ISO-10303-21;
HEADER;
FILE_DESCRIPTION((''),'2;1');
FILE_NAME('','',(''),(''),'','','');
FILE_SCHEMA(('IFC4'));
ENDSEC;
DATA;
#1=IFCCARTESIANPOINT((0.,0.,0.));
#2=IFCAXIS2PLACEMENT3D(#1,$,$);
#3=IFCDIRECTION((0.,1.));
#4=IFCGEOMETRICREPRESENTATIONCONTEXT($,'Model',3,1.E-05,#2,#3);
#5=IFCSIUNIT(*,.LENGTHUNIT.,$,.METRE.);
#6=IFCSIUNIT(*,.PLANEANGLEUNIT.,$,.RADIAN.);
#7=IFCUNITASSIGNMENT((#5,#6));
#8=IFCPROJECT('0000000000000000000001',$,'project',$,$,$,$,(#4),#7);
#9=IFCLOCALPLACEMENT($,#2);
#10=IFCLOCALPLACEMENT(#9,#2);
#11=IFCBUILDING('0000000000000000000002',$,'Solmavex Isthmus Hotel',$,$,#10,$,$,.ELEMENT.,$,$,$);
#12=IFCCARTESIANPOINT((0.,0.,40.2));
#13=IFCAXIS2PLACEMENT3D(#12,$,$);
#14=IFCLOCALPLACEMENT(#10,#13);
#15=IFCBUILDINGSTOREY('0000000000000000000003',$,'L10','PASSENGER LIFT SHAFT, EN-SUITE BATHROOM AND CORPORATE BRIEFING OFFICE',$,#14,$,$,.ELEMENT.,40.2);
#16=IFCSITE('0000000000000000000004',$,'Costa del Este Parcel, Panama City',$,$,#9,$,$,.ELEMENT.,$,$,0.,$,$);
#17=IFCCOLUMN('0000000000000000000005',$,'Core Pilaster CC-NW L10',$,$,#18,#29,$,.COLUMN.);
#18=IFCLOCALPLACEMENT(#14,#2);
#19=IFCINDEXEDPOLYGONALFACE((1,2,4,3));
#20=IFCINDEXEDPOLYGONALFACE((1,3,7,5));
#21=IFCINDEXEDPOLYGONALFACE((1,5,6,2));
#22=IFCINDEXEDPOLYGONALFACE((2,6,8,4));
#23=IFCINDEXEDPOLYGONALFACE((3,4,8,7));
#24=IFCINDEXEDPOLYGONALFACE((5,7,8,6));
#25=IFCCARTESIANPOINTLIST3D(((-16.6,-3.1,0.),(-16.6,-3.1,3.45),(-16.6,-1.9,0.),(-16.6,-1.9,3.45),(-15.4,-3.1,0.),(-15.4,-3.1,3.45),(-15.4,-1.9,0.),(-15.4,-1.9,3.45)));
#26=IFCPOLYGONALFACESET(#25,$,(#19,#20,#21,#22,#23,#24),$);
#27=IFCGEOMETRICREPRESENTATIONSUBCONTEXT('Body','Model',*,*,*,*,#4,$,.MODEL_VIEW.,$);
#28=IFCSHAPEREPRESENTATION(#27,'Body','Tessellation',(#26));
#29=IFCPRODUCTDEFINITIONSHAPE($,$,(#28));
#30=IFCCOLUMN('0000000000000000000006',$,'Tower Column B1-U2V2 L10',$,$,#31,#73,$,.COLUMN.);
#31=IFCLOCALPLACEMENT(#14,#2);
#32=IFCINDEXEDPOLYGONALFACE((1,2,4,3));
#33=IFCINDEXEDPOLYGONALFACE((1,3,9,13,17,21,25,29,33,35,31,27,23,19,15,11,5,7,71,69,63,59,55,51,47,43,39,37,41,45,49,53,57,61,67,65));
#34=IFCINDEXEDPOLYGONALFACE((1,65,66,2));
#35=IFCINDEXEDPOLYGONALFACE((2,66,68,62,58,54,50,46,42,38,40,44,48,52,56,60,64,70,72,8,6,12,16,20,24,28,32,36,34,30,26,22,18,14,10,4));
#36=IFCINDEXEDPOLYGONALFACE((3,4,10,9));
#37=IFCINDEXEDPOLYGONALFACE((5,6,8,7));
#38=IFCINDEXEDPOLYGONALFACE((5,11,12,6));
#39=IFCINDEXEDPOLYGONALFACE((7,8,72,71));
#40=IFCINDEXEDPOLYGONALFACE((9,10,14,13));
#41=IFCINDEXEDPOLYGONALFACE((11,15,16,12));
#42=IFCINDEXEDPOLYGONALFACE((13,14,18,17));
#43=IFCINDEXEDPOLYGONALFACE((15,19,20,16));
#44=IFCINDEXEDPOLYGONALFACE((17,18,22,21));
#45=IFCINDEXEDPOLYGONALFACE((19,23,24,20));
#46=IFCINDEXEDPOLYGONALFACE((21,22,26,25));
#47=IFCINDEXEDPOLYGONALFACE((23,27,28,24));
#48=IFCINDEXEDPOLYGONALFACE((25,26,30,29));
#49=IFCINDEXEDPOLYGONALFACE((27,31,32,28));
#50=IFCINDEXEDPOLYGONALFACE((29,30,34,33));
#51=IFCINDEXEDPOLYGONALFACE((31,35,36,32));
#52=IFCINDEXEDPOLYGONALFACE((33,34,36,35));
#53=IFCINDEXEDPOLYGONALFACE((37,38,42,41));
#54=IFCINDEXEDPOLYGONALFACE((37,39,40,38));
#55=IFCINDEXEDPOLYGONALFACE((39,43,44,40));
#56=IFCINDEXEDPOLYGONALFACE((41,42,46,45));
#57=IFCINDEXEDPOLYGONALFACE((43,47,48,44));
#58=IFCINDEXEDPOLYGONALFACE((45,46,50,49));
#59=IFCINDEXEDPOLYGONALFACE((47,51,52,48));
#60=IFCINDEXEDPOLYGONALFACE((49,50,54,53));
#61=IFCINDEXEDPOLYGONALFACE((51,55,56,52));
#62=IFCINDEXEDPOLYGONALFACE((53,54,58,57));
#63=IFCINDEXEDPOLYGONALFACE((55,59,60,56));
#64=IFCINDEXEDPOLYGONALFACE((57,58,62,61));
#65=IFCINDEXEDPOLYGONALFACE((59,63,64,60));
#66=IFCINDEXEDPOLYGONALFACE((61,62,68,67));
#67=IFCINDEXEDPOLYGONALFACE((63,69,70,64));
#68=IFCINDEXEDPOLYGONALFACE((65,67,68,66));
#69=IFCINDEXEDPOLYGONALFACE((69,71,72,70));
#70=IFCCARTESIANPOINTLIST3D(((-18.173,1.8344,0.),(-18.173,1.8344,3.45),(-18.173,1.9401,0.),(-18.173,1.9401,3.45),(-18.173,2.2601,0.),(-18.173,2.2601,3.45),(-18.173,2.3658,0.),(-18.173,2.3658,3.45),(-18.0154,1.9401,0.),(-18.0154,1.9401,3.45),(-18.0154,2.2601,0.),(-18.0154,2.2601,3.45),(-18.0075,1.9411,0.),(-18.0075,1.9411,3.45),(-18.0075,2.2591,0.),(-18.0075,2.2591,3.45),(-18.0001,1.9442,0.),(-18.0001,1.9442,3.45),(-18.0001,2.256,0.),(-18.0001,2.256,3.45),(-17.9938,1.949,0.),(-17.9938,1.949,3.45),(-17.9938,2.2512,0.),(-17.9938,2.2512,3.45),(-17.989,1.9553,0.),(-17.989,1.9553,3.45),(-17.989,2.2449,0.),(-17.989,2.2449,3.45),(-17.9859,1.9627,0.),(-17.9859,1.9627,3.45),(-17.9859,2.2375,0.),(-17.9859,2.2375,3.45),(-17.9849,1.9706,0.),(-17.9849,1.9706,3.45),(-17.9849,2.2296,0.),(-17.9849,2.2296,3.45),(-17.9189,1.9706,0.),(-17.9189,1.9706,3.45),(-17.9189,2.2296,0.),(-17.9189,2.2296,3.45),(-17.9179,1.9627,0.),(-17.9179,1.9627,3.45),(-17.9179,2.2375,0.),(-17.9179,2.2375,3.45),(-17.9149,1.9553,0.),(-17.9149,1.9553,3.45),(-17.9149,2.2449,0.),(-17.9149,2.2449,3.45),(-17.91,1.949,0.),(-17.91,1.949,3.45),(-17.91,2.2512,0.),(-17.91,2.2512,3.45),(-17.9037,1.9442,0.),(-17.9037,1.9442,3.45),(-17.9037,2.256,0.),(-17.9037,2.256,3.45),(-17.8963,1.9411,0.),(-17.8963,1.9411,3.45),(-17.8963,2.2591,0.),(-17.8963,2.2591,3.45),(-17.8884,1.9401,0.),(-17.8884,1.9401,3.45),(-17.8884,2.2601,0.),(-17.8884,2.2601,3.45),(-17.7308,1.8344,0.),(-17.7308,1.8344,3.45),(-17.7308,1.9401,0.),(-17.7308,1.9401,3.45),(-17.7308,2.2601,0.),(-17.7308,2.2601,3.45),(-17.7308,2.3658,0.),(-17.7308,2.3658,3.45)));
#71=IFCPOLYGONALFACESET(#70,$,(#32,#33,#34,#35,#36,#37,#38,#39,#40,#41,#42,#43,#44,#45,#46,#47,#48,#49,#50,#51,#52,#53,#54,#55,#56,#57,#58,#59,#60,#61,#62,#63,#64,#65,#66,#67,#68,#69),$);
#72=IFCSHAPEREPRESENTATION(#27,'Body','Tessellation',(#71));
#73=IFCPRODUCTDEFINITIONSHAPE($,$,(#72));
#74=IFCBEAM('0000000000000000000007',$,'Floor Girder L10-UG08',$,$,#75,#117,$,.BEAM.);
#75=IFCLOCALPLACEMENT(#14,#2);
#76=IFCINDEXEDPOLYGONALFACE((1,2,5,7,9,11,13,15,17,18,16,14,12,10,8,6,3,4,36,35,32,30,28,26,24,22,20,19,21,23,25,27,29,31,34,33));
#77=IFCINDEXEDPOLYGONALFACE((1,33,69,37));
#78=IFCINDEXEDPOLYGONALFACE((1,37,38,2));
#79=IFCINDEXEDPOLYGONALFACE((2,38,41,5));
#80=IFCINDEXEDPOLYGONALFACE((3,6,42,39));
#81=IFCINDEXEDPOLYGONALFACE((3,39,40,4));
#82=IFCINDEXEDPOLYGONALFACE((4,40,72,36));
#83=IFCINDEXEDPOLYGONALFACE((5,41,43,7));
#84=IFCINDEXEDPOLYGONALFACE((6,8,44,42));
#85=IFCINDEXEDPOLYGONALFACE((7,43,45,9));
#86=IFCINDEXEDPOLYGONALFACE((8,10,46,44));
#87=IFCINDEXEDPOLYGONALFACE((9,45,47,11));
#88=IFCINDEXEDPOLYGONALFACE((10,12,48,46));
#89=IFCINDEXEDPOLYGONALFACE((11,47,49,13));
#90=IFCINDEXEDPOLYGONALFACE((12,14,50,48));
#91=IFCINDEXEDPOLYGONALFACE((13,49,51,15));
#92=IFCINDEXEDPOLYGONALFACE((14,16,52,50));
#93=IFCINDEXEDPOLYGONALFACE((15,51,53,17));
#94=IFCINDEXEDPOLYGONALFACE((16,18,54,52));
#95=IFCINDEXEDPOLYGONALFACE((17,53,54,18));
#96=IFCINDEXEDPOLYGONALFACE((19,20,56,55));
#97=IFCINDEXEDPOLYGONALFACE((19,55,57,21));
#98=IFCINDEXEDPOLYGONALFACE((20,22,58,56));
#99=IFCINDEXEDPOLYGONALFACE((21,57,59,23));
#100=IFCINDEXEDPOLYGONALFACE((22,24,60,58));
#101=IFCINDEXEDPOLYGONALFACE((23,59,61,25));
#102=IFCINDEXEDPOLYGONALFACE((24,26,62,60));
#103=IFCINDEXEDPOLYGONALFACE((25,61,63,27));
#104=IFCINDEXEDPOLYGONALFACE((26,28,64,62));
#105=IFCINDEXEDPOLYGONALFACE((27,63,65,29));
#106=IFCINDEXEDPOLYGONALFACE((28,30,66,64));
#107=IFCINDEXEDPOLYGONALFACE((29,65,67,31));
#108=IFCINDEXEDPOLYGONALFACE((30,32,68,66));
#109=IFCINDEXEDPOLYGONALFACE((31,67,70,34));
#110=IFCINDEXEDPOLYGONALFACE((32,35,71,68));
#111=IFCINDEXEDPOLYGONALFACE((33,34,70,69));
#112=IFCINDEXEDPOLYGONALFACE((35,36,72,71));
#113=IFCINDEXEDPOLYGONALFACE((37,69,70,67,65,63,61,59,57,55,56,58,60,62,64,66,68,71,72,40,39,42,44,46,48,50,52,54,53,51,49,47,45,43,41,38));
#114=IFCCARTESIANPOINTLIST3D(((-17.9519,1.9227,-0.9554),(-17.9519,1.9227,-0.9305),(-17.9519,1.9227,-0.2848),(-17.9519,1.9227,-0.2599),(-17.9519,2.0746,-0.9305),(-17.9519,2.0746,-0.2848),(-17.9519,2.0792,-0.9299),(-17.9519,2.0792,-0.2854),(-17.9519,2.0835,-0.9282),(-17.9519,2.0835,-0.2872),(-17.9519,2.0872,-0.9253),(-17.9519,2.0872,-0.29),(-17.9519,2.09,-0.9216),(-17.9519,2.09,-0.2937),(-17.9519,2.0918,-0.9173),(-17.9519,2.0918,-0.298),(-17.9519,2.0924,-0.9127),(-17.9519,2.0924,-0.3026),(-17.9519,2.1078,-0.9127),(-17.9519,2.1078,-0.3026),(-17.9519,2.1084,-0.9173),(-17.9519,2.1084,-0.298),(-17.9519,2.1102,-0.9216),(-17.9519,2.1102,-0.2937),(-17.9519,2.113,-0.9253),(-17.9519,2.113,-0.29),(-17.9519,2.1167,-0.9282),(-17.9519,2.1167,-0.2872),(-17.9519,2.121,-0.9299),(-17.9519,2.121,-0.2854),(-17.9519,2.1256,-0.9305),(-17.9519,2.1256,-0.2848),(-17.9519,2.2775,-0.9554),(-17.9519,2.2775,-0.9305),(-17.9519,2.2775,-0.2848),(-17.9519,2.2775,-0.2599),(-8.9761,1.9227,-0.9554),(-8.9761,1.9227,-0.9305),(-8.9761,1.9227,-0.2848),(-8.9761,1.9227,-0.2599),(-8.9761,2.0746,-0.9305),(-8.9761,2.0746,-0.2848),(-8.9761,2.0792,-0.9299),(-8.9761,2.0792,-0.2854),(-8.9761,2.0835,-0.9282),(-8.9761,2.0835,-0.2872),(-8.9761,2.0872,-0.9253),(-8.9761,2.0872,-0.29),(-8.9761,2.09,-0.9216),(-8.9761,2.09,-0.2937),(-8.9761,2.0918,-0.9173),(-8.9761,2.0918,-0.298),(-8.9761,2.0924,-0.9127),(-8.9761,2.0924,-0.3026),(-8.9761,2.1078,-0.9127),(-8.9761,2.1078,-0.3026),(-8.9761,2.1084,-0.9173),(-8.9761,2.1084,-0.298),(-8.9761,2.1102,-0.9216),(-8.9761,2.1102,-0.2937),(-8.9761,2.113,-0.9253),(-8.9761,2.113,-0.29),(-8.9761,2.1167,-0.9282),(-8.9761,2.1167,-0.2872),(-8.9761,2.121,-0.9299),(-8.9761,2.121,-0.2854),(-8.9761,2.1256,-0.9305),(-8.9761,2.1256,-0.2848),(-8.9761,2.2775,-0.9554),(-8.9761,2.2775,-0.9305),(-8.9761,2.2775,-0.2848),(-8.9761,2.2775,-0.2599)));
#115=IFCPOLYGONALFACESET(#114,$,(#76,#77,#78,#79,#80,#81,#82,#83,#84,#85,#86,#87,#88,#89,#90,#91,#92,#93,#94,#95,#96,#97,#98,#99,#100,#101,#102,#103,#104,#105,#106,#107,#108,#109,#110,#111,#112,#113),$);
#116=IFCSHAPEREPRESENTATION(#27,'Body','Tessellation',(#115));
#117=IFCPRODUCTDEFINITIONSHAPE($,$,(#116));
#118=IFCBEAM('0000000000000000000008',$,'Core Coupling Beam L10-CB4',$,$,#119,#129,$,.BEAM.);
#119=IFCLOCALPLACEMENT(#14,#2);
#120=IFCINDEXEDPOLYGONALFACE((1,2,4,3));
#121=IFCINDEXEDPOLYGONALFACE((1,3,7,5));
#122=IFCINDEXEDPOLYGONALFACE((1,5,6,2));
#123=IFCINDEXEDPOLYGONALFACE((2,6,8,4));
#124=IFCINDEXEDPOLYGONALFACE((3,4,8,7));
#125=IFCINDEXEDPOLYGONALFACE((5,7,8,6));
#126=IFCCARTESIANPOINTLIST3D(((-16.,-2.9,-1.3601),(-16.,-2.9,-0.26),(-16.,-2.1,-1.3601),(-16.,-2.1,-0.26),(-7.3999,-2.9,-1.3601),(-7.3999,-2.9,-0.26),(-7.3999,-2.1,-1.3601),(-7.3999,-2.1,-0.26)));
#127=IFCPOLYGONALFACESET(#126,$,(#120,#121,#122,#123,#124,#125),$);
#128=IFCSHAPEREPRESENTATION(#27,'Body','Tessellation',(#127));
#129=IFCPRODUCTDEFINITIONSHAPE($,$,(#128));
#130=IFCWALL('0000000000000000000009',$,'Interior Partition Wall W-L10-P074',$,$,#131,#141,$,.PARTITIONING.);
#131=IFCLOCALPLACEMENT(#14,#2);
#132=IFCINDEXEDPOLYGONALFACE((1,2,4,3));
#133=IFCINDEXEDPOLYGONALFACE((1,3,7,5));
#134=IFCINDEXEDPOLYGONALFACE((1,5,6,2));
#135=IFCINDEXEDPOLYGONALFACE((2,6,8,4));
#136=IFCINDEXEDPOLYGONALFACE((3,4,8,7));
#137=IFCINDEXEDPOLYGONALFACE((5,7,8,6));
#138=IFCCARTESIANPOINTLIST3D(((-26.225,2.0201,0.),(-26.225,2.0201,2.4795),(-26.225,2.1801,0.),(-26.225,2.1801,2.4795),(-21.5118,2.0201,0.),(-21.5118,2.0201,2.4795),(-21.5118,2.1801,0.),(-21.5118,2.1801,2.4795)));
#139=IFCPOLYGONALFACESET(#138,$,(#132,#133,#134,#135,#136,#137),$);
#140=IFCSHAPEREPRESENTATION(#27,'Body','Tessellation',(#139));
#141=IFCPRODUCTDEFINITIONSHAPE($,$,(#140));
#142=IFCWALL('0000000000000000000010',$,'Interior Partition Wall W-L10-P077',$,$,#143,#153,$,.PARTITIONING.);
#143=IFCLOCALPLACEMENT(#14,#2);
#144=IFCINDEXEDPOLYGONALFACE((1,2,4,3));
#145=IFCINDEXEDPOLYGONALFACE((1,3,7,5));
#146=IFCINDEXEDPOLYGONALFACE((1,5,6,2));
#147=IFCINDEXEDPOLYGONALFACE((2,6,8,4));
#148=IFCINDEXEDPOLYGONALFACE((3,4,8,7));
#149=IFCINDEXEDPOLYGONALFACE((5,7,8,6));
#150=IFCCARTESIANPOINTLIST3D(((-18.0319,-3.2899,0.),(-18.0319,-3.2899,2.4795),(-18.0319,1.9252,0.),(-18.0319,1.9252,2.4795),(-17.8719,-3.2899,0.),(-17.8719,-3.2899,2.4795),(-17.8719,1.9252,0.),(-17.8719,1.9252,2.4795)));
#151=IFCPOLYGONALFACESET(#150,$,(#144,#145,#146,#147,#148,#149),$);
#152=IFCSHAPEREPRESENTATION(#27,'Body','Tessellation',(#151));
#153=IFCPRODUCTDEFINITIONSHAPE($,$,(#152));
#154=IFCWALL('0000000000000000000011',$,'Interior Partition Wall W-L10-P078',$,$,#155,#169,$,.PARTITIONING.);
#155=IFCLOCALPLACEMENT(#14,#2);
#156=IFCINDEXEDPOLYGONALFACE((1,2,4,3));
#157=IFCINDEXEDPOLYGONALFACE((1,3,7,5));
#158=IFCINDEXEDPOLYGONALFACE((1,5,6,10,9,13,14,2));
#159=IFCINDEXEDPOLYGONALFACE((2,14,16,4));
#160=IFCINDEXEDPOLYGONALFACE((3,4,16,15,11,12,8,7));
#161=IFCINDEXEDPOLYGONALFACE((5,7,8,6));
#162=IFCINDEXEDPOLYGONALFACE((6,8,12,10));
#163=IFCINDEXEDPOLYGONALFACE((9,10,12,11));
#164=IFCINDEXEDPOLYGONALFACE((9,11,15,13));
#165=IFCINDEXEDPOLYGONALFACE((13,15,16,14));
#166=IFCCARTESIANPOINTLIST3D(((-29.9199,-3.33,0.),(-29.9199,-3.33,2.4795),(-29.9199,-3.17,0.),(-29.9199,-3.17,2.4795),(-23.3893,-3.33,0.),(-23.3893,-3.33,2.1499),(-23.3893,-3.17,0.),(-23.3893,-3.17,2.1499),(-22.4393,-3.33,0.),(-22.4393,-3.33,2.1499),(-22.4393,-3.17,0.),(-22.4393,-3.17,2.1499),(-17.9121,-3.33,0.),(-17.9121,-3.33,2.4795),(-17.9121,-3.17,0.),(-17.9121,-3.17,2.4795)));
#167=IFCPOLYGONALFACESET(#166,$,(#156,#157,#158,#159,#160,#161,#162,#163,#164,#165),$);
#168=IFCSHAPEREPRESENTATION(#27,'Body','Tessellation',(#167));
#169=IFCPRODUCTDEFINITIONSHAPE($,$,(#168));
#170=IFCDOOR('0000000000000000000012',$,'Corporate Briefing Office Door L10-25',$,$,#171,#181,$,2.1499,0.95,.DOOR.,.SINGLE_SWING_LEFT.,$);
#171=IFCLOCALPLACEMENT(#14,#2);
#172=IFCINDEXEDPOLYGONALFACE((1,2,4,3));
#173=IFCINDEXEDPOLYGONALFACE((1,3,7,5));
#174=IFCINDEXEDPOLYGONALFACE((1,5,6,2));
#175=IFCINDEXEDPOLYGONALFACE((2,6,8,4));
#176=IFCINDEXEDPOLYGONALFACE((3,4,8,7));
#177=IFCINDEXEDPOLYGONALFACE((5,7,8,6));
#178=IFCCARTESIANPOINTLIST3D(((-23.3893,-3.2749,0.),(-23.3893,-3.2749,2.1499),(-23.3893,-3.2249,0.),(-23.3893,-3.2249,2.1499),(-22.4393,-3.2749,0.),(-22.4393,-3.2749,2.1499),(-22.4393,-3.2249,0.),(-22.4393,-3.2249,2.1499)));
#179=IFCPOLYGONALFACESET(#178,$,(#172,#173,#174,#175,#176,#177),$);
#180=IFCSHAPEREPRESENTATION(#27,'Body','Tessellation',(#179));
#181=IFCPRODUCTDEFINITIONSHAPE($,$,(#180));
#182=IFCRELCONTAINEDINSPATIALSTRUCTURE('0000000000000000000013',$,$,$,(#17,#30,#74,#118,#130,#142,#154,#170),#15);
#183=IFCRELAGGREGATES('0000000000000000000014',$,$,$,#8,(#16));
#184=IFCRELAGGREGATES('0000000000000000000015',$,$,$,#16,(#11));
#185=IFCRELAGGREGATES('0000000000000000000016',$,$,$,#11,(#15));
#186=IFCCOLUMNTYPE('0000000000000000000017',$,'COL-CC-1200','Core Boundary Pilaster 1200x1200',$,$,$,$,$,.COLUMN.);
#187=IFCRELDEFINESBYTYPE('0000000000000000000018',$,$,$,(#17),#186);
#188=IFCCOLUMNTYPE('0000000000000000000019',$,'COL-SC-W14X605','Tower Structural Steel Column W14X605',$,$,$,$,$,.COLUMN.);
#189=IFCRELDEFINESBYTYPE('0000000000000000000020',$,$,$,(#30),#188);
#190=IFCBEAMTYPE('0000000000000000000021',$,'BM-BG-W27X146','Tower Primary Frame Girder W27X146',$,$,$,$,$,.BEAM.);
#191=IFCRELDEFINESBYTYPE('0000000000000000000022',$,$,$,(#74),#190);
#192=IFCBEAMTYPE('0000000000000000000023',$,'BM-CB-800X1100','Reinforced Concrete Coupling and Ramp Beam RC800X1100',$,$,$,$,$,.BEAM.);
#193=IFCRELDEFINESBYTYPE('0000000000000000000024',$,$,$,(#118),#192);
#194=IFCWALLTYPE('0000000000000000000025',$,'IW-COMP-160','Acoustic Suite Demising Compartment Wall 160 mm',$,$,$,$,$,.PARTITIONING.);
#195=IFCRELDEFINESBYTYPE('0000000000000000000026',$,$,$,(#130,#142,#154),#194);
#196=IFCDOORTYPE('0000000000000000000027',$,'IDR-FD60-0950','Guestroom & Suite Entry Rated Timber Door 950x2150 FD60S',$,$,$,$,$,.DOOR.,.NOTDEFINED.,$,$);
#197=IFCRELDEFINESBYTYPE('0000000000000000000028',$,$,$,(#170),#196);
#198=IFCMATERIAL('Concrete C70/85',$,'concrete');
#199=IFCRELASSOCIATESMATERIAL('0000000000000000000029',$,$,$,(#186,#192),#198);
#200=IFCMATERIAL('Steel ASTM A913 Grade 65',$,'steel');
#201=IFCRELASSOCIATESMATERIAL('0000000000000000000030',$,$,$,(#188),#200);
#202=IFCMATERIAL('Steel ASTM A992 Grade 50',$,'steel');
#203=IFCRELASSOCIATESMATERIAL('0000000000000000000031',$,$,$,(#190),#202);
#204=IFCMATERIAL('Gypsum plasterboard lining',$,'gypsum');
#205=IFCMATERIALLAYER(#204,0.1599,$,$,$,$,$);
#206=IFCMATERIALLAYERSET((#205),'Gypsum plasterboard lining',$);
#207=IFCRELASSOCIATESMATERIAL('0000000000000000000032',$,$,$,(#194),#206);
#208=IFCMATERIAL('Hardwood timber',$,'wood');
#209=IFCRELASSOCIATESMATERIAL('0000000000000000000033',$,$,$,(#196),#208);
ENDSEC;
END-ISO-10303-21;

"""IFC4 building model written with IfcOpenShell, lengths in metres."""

from ifc_helpers import new_model, si_unit, direction, frame, frame_2d, origin, origin_2d, place, context, subcontext, project, spatial, rectangle, i_section, extrude, material, layer, layer_set, material_profile, profile_set, type_object, element, fill, save


model = new_model("IFC4")

# Units and contexts
model_context = context("Model", 3, precision=1e-05, world=origin(), true_north=direction((0.0, 1.0)))
body_context = subcontext(model_context, "Body", "Model", "MODEL_VIEW")
ifc_project = project(units=[si_unit("LENGTHUNIT", "METRE"), si_unit("PLANEANGLEUNIT", "RADIAN")], contexts=[model_context])

# Site, building, storey
site_placement = place(None, origin())
site = spatial("IfcSite", under=ifc_project, at=site_placement, Name="Costa del Este Parcel, Panama City", CompositionType="ELEMENT", RefElevation=0.0)
building_placement = place(site_placement, origin())
building = spatial("IfcBuilding", under=site, at=building_placement, Name="Solmavex Isthmus Hotel", CompositionType="ELEMENT")
storey_placement = place(building_placement, frame((0.0, 0.0, 40.2)))
storey = spatial("IfcBuildingStorey", under=building, at=storey_placement, Name="L10", Description="PASSENGER LIFT SHAFT, EN-SUITE BATHROOM AND CORPORATE BRIEFING OFFICE", CompositionType="ELEMENT", Elevation=40.2)

# Columns
ifc_material_1 = material(Name="Concrete C70/85", Category="concrete")
ifc_material_profile_1 = material_profile(ifc_material_1, rectangle(XDim=1.2, YDim=1.2, at=origin_2d()), Name="RC1200X1200")
ifc_profile_set_1 = profile_set([ifc_material_profile_1], Name="Concrete C70/85")
column_type_1 = type_object("IfcColumnType", Name="COL-CC-1200", Description="Core Boundary Pilaster 1200x1200", PredefinedType="COLUMN", material=ifc_profile_set_1)
column_1_placement = place(storey_placement, frame((-16.0, -2.5, 0.0), z_axis=(0.0, 0.0, 1.0), x_axis=(1.0, 0.0, 0.0)))
element("IfcColumn", 1, at=column_1_placement, inside=storey, type_object=column_type_1, Name="Core Pilaster CC-NW L10", PredefinedType="COLUMN", context=body_context, shape_type="SweptSolid", body=[
    extrude(rectangle(XDim=1.2, YDim=1.2, at=origin_2d()), origin(), (0.0, 0.0, 1.0), 3.45),
])
ifc_material_2 = material(Name="Steel ASTM A913 Grade 65", Category="steel")
ifc_material_profile_2 = material_profile(ifc_material_2, i_section(OverallWidth=0.4421, OverallDepth=0.5315, WebThickness=0.0659, FlangeThickness=0.1057, FilletRadius=0.0305, at=origin_2d()), Name="W14X605")
ifc_profile_set_2 = profile_set([ifc_material_profile_2], Name="Steel ASTM A913 Grade 65")
column_type_2 = type_object("IfcColumnType", Name="COL-SC-W14X605", Description="Tower Structural Steel Column W14X605", PredefinedType="COLUMN", material=ifc_profile_set_2)
column_2_placement = place(storey_placement, frame((-17.9519, 2.1001, 0.0), z_axis=(0.0, 0.0, 1.0), x_axis=(1.0, 0.0, 0.0)))
element("IfcColumn", 2, at=column_2_placement, inside=storey, type_object=column_type_2, Name="Tower Column B1-U2V2 L10", PredefinedType="COLUMN", context=body_context, shape_type="SweptSolid", body=[
    extrude(i_section(OverallWidth=0.4421, OverallDepth=0.5315, WebThickness=0.0659, FlangeThickness=0.1057, FilletRadius=0.0305, at=origin_2d()), origin(), (0.0, 0.0, 1.0), 3.45),
])

# Beams
ifc_material_3 = material(Name="Steel ASTM A992 Grade 50", Category="steel")
ifc_material_profile_3 = material_profile(ifc_material_3, i_section(OverallWidth=0.3547, OverallDepth=0.6956, WebThickness=0.0154, FlangeThickness=0.0249, FilletRadius=0.0178, at=origin_2d()), Name="W27X146")
ifc_profile_set_3 = profile_set([ifc_material_profile_3], Name="Steel ASTM A992 Grade 50")
beam_type_1 = type_object("IfcBeamType", Name="BM-BG-W27X146", Description="Tower Primary Frame Girder W27X146", PredefinedType="BEAM", material=ifc_profile_set_3)
beam_1_placement = place(storey_placement, frame((-17.9519, 2.1001, -0.6077), z_axis=(1.0, 0.0, 0.0), x_axis=(0.0, 1.0, 0.0)))
element("IfcBeam", 3, at=beam_1_placement, inside=storey, type_object=beam_type_1, Name="Floor Girder L10-UG08", PredefinedType="BEAM", context=body_context, shape_type="SweptSolid", body=[
    extrude(i_section(OverallWidth=0.3547, OverallDepth=0.6956, WebThickness=0.0154, FlangeThickness=0.0249, FilletRadius=0.0178, at=origin_2d()), origin(), (0.0, 0.0, 1.0), 8.9758),
])
ifc_material_profile_4 = material_profile(ifc_material_1, rectangle(XDim=0.8, YDim=1.1001, at=origin_2d()), Name="RC800X1100")
ifc_profile_set_4 = profile_set([ifc_material_profile_4], Name="Concrete C70/85")
beam_type_2 = type_object("IfcBeamType", Name="BM-CB-800X1100", Description="Reinforced Concrete Coupling and Ramp Beam RC800X1100", PredefinedType="BEAM", material=ifc_profile_set_4)
beam_2_placement = place(storey_placement, frame((-16.0, -2.5, -0.8101), z_axis=(1.0, 0.0, 0.0), x_axis=(0.0, 1.0, 0.0)))
element("IfcBeam", 4, at=beam_2_placement, inside=storey, type_object=beam_type_2, Name="Core Coupling Beam L10-CB4", PredefinedType="BEAM", context=body_context, shape_type="SweptSolid", body=[
    extrude(rectangle(XDim=0.8, YDim=1.1001, at=origin_2d()), origin(), (0.0, 0.0, 1.0), 8.6001),
])

# Walls
ifc_material_4 = material(Name="Gypsum plasterboard lining", Category="gypsum")
ifc_layer_1 = layer(ifc_material_4, 0.1599)
ifc_layer_set_1 = layer_set([ifc_layer_1], Name="Gypsum plasterboard lining")
wall_type_1 = type_object("IfcWallType", Name="IW-COMP-160", Description="Acoustic Suite Demising Compartment Wall 160 mm", PredefinedType="PARTITIONING", material=ifc_layer_set_1)
wall_1_placement = place(storey_placement, frame((-21.512, 2.1001, 0.0), z_axis=(0.0, 0.0, 1.0), x_axis=(-1.0, 0.0, 0.0)))
element("IfcWall", 5, at=wall_1_placement, inside=storey, type_object=wall_type_1, Name="Interior Partition Wall W-L10-P074", PredefinedType="PARTITIONING", context=body_context, shape_type="SweptSolid", body=[
    extrude(rectangle(XDim=4.7131, YDim=0.1599, at=frame_2d((2.3564, 0.0))), origin(), (0.0, 0.0, 1.0), 2.4795),
])
wall_2_placement = place(storey_placement, frame((-17.9519, 1.925, 0.0), z_axis=(0.0, 0.0, 1.0), x_axis=(0.0, -1.0, 0.0)))
element("IfcWall", 6, at=wall_2_placement, inside=storey, type_object=wall_type_1, Name="Interior Partition Wall W-L10-P077", PredefinedType="PARTITIONING", context=body_context, shape_type="SweptSolid", body=[
    extrude(rectangle(XDim=5.2151, YDim=0.1599, at=frame_2d((2.6074, 0.0))), origin(), (0.0, 0.0, 1.0), 2.4795),
])

# Wall, opening, door
wall_3_placement = place(storey_placement, frame((-17.9121, -3.25, 0.0), z_axis=(0.0, 0.0, 1.0), x_axis=(-1.0, 0.0, 0.0)))
wall_3 = element("IfcWall", 7, at=wall_3_placement, inside=storey, type_object=wall_type_1, Name="Interior Partition Wall W-L10-P078", PredefinedType="PARTITIONING", context=body_context, shape_type="SweptSolid", body=[
    extrude(rectangle(XDim=12.0078, YDim=0.1599, at=frame_2d((6.0039, 0.0))), origin(), (0.0, 0.0, 1.0), 2.4795),
])
opening_1_placement = place(wall_3_placement, frame((4.5271, 0.0, 0.0)))
opening_1 = element("IfcOpeningElement", 8, at=opening_1_placement, cuts=wall_3, PredefinedType="OPENING", context=body_context, shape_type="SweptSolid", body=[
    extrude(rectangle(XDim=0.95, YDim=2.1499, at=frame_2d((0.4751, 1.075))), frame((0.0, 0.0898, 0.0), z_axis=(0.0, -1.0, 0.0), x_axis=(1.0, 0.0, 0.0)), (0.0, 0.0, 1.0), 0.1799),
])
ifc_material_5 = material(Name="Hardwood timber", Category="wood")
door_type_1 = type_object("IfcDoorType", Name="IDR-FD60-0950", Description="Guestroom & Suite Entry Rated Timber Door 950x2150 FD60S", OperationType="NOTDEFINED", PredefinedType="DOOR", material=ifc_material_5)
door_1_placement = place(opening_1_placement, origin())
door_1 = element("IfcDoor", 9, at=door_1_placement, inside=storey, type_object=door_type_1, Name="Corporate Briefing Office Door L10-25", OperationType="SINGLE_SWING_LEFT", OverallHeight=2.1499, OverallWidth=0.95, PredefinedType="DOOR", context=body_context, shape_type="SweptSolid", body=[
    extrude(rectangle(XDim=0.95, YDim=2.1499, at=frame_2d((0.4751, 1.075))), frame((0.0, 0.0249, 0.0), z_axis=(0.0, -1.0, 0.0), x_axis=(1.0, 0.0, 0.0)), (0.0, 0.0, 1.0), 0.05),
])
fill(opening_1, door_1)

save(model, "model.ifc")
